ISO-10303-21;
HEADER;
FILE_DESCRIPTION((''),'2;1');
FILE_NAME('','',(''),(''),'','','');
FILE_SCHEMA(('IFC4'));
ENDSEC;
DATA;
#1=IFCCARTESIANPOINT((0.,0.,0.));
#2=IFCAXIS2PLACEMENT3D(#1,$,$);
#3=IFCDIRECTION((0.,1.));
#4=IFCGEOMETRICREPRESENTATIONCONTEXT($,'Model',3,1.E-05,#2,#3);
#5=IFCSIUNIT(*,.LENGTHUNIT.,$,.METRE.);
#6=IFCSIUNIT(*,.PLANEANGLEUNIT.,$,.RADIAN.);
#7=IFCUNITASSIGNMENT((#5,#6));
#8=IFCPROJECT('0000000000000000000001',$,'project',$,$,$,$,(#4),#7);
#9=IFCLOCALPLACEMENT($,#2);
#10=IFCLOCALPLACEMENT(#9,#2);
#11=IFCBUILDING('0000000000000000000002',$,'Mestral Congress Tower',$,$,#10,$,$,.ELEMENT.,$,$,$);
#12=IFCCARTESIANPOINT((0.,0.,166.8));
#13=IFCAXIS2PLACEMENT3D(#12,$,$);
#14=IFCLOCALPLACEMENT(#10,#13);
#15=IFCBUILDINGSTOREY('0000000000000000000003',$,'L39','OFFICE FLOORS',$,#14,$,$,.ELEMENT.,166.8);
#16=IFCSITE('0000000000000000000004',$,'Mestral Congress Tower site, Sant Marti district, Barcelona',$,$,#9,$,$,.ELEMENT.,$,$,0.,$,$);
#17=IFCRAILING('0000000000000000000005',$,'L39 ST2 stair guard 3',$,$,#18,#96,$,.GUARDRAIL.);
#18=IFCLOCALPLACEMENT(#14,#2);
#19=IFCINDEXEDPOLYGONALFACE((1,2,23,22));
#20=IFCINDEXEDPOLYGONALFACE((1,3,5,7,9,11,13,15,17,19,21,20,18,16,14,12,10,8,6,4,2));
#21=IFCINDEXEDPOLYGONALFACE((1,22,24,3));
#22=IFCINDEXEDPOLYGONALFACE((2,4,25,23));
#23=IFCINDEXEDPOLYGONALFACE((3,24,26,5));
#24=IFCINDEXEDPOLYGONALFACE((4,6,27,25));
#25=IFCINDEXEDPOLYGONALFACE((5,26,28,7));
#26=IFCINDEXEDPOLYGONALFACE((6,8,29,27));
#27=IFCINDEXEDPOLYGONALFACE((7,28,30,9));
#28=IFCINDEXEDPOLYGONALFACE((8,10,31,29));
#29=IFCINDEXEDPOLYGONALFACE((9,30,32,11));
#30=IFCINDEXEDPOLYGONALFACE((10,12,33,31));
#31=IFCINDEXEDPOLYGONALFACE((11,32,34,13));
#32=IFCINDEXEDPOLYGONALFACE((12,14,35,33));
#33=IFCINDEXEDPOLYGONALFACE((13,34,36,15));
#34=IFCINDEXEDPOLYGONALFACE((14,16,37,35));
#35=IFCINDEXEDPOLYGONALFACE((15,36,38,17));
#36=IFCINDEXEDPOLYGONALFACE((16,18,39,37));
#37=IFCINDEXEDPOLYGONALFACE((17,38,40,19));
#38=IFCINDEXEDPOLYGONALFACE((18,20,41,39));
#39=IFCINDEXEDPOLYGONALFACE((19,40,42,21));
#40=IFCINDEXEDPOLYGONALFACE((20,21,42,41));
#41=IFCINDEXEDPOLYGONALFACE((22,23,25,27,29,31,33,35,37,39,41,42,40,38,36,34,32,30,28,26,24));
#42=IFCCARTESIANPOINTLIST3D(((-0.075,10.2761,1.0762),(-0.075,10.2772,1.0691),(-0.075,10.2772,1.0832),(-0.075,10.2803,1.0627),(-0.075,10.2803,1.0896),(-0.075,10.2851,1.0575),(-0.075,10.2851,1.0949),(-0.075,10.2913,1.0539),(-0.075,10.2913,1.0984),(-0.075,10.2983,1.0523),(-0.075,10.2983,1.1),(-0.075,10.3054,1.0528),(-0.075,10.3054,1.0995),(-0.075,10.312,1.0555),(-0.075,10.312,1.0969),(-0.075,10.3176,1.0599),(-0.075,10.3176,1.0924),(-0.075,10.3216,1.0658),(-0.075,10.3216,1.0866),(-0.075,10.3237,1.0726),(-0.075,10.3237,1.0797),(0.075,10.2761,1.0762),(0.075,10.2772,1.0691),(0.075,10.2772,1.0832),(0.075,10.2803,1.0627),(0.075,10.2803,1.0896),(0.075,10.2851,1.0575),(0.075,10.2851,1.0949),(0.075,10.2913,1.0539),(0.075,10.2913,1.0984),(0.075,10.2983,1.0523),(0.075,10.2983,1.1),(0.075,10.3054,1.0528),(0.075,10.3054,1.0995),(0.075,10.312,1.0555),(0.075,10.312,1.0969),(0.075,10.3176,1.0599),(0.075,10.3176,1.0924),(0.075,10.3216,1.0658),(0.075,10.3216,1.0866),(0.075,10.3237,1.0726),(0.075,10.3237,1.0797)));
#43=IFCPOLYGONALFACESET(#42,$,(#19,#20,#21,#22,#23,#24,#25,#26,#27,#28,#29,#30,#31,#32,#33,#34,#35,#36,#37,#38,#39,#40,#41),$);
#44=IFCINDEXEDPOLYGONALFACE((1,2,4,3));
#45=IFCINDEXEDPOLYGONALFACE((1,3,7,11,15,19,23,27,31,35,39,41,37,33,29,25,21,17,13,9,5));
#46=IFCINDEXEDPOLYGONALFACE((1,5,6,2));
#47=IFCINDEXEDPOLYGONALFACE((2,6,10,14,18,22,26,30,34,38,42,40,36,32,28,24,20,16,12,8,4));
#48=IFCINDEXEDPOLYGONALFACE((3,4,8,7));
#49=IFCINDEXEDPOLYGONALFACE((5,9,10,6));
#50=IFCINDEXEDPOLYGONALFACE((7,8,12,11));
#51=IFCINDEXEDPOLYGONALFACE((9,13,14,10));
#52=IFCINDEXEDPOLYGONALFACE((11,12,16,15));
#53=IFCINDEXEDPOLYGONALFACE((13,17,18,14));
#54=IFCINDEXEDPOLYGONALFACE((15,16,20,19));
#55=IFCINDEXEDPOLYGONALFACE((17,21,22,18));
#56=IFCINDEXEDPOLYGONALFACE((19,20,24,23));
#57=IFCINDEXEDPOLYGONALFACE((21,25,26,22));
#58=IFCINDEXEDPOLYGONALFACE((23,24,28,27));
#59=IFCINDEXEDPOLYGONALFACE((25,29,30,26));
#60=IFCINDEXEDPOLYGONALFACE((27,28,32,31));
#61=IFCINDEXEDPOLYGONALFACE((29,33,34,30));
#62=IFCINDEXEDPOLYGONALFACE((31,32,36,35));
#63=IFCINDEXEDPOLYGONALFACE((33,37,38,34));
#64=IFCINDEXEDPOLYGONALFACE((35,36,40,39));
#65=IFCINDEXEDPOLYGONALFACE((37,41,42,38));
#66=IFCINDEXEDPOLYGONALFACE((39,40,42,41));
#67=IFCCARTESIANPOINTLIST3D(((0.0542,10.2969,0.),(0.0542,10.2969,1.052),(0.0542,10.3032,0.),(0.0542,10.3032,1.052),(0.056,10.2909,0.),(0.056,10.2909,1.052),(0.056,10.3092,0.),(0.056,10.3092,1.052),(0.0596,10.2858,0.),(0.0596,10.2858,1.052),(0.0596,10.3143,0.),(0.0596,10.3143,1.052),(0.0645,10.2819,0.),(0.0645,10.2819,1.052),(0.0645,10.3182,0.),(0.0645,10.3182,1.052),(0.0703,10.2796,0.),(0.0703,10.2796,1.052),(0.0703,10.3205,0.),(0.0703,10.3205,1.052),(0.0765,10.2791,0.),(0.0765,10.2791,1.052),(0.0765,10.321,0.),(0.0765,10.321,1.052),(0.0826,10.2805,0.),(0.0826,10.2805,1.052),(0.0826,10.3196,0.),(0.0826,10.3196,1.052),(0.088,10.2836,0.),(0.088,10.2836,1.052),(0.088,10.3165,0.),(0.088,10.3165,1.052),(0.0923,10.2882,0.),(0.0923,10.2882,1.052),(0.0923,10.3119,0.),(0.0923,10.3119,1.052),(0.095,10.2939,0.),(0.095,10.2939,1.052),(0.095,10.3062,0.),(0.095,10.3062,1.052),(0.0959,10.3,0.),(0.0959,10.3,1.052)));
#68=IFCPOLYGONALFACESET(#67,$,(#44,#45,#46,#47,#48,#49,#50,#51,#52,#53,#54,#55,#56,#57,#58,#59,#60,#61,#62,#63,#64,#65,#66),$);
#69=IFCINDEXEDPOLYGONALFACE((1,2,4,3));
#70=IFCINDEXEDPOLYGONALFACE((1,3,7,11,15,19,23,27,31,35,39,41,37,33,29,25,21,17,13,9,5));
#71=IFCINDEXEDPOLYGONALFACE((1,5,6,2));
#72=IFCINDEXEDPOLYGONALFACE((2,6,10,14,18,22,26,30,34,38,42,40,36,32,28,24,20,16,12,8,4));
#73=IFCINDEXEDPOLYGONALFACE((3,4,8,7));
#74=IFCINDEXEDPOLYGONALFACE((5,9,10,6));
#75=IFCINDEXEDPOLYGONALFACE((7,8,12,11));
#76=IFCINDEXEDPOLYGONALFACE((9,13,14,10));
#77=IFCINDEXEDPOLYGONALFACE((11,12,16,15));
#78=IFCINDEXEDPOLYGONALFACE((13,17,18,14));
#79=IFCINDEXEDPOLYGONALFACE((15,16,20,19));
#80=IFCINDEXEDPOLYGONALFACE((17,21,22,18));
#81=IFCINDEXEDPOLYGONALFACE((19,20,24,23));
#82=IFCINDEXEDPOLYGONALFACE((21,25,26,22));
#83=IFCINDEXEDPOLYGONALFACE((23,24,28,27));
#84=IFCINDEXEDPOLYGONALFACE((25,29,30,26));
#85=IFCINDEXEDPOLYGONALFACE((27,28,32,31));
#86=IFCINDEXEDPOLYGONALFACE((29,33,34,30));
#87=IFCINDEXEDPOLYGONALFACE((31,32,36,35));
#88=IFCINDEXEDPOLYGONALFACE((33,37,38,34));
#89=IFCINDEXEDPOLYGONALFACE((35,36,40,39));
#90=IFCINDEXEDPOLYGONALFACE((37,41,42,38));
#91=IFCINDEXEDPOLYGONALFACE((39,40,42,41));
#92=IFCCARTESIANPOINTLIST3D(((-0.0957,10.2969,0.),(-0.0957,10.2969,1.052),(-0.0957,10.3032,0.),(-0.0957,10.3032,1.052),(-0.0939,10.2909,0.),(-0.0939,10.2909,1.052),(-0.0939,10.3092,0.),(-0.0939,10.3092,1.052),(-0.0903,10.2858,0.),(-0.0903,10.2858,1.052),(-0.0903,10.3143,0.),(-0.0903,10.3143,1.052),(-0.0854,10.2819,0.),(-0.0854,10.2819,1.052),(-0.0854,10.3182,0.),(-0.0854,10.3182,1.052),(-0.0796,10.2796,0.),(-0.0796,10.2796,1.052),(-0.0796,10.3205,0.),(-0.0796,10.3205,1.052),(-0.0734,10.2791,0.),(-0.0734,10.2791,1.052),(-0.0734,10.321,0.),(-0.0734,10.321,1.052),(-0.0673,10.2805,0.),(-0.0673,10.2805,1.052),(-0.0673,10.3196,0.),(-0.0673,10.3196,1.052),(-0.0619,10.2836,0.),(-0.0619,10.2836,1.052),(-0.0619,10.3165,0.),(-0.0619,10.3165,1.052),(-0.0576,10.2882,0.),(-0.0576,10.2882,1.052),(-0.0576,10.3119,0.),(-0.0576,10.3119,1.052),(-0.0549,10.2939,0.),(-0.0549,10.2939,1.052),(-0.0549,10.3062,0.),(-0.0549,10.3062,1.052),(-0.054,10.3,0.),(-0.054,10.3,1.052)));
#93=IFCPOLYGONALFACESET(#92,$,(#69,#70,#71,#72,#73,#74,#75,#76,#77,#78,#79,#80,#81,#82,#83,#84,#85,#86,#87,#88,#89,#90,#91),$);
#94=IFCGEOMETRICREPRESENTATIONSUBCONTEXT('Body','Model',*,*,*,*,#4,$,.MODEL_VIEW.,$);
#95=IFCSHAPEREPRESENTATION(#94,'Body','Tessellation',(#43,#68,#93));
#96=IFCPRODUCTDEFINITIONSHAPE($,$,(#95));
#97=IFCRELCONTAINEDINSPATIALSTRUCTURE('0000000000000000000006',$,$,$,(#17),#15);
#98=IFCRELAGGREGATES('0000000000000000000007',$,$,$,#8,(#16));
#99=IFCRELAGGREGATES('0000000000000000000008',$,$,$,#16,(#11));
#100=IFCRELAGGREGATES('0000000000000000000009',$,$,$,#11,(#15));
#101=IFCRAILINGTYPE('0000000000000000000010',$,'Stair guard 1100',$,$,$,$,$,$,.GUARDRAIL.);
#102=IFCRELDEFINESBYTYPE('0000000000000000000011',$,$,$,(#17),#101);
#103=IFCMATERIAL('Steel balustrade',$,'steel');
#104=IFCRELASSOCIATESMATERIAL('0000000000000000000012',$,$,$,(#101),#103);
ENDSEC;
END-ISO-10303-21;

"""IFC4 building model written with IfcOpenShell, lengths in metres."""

from ifc_helpers import new_model, si_unit, direction, frame, origin, origin_2d, place, context, subcontext, project, spatial, circle, extrude, material, type_object, element, save


model = new_model("IFC4")

# Units and contexts
model_context = context("Model", 3, precision=1e-05, world=origin(), true_north=direction((0.0, 1.0)))
body_context = subcontext(model_context, "Body", "Model", "MODEL_VIEW")
ifc_project = project(units=[si_unit("LENGTHUNIT", "METRE"), si_unit("PLANEANGLEUNIT", "RADIAN")], contexts=[model_context])

# Site, building, storey
site_placement = place(None, origin())
site = spatial("IfcSite", under=ifc_project, at=site_placement, Name="Mestral Congress Tower site, Sant Marti district, Barcelona", CompositionType="ELEMENT", RefElevation=0.0)
building_placement = place(site_placement, origin())
building = spatial("IfcBuilding", under=site, at=building_placement, Name="Mestral Congress Tower", CompositionType="ELEMENT")
storey_placement = place(building_placement, frame((0.0, 0.0, 166.8)))
storey = spatial("IfcBuildingStorey", under=building, at=storey_placement, Name="L39", Description="OFFICE FLOORS", CompositionType="ELEMENT", Elevation=166.8)

# Railing
ifc_material_1 = material(Name="Steel balustrade", Category="steel")
railing_type_1 = type_object("IfcRailingType", Name="Stair guard 1100", PredefinedType="GUARDRAIL", material=ifc_material_1)
railing_1_placement = place(storey_placement, frame((0.075, 10.3, 0.0)))
element("IfcRailing", 1, at=railing_1_placement, inside=storey, type_object=railing_type_1, Name="L39 ST2 stair guard 3", PredefinedType="GUARDRAIL", context=body_context, shape_type="SweptSolid", body=[
    extrude(circle(Radius=0.0239, at=origin_2d()), frame((0.0, 0.0, 1.0762), z_axis=(-1.0, 0.0, 0.0), x_axis=(0.0, -1.0, 0.0)), (0.0, 0.0, 1.0), 0.1499),
    extrude(circle(Radius=0.021, at=origin_2d()), origin(), (0.0, 0.0, 1.0), 1.052),
    extrude(circle(Radius=0.021, at=origin_2d()), frame((-0.1499, 0.0, 0.0)), (0.0, 0.0, 1.0), 1.052),
])

save(model, "model.ifc")
